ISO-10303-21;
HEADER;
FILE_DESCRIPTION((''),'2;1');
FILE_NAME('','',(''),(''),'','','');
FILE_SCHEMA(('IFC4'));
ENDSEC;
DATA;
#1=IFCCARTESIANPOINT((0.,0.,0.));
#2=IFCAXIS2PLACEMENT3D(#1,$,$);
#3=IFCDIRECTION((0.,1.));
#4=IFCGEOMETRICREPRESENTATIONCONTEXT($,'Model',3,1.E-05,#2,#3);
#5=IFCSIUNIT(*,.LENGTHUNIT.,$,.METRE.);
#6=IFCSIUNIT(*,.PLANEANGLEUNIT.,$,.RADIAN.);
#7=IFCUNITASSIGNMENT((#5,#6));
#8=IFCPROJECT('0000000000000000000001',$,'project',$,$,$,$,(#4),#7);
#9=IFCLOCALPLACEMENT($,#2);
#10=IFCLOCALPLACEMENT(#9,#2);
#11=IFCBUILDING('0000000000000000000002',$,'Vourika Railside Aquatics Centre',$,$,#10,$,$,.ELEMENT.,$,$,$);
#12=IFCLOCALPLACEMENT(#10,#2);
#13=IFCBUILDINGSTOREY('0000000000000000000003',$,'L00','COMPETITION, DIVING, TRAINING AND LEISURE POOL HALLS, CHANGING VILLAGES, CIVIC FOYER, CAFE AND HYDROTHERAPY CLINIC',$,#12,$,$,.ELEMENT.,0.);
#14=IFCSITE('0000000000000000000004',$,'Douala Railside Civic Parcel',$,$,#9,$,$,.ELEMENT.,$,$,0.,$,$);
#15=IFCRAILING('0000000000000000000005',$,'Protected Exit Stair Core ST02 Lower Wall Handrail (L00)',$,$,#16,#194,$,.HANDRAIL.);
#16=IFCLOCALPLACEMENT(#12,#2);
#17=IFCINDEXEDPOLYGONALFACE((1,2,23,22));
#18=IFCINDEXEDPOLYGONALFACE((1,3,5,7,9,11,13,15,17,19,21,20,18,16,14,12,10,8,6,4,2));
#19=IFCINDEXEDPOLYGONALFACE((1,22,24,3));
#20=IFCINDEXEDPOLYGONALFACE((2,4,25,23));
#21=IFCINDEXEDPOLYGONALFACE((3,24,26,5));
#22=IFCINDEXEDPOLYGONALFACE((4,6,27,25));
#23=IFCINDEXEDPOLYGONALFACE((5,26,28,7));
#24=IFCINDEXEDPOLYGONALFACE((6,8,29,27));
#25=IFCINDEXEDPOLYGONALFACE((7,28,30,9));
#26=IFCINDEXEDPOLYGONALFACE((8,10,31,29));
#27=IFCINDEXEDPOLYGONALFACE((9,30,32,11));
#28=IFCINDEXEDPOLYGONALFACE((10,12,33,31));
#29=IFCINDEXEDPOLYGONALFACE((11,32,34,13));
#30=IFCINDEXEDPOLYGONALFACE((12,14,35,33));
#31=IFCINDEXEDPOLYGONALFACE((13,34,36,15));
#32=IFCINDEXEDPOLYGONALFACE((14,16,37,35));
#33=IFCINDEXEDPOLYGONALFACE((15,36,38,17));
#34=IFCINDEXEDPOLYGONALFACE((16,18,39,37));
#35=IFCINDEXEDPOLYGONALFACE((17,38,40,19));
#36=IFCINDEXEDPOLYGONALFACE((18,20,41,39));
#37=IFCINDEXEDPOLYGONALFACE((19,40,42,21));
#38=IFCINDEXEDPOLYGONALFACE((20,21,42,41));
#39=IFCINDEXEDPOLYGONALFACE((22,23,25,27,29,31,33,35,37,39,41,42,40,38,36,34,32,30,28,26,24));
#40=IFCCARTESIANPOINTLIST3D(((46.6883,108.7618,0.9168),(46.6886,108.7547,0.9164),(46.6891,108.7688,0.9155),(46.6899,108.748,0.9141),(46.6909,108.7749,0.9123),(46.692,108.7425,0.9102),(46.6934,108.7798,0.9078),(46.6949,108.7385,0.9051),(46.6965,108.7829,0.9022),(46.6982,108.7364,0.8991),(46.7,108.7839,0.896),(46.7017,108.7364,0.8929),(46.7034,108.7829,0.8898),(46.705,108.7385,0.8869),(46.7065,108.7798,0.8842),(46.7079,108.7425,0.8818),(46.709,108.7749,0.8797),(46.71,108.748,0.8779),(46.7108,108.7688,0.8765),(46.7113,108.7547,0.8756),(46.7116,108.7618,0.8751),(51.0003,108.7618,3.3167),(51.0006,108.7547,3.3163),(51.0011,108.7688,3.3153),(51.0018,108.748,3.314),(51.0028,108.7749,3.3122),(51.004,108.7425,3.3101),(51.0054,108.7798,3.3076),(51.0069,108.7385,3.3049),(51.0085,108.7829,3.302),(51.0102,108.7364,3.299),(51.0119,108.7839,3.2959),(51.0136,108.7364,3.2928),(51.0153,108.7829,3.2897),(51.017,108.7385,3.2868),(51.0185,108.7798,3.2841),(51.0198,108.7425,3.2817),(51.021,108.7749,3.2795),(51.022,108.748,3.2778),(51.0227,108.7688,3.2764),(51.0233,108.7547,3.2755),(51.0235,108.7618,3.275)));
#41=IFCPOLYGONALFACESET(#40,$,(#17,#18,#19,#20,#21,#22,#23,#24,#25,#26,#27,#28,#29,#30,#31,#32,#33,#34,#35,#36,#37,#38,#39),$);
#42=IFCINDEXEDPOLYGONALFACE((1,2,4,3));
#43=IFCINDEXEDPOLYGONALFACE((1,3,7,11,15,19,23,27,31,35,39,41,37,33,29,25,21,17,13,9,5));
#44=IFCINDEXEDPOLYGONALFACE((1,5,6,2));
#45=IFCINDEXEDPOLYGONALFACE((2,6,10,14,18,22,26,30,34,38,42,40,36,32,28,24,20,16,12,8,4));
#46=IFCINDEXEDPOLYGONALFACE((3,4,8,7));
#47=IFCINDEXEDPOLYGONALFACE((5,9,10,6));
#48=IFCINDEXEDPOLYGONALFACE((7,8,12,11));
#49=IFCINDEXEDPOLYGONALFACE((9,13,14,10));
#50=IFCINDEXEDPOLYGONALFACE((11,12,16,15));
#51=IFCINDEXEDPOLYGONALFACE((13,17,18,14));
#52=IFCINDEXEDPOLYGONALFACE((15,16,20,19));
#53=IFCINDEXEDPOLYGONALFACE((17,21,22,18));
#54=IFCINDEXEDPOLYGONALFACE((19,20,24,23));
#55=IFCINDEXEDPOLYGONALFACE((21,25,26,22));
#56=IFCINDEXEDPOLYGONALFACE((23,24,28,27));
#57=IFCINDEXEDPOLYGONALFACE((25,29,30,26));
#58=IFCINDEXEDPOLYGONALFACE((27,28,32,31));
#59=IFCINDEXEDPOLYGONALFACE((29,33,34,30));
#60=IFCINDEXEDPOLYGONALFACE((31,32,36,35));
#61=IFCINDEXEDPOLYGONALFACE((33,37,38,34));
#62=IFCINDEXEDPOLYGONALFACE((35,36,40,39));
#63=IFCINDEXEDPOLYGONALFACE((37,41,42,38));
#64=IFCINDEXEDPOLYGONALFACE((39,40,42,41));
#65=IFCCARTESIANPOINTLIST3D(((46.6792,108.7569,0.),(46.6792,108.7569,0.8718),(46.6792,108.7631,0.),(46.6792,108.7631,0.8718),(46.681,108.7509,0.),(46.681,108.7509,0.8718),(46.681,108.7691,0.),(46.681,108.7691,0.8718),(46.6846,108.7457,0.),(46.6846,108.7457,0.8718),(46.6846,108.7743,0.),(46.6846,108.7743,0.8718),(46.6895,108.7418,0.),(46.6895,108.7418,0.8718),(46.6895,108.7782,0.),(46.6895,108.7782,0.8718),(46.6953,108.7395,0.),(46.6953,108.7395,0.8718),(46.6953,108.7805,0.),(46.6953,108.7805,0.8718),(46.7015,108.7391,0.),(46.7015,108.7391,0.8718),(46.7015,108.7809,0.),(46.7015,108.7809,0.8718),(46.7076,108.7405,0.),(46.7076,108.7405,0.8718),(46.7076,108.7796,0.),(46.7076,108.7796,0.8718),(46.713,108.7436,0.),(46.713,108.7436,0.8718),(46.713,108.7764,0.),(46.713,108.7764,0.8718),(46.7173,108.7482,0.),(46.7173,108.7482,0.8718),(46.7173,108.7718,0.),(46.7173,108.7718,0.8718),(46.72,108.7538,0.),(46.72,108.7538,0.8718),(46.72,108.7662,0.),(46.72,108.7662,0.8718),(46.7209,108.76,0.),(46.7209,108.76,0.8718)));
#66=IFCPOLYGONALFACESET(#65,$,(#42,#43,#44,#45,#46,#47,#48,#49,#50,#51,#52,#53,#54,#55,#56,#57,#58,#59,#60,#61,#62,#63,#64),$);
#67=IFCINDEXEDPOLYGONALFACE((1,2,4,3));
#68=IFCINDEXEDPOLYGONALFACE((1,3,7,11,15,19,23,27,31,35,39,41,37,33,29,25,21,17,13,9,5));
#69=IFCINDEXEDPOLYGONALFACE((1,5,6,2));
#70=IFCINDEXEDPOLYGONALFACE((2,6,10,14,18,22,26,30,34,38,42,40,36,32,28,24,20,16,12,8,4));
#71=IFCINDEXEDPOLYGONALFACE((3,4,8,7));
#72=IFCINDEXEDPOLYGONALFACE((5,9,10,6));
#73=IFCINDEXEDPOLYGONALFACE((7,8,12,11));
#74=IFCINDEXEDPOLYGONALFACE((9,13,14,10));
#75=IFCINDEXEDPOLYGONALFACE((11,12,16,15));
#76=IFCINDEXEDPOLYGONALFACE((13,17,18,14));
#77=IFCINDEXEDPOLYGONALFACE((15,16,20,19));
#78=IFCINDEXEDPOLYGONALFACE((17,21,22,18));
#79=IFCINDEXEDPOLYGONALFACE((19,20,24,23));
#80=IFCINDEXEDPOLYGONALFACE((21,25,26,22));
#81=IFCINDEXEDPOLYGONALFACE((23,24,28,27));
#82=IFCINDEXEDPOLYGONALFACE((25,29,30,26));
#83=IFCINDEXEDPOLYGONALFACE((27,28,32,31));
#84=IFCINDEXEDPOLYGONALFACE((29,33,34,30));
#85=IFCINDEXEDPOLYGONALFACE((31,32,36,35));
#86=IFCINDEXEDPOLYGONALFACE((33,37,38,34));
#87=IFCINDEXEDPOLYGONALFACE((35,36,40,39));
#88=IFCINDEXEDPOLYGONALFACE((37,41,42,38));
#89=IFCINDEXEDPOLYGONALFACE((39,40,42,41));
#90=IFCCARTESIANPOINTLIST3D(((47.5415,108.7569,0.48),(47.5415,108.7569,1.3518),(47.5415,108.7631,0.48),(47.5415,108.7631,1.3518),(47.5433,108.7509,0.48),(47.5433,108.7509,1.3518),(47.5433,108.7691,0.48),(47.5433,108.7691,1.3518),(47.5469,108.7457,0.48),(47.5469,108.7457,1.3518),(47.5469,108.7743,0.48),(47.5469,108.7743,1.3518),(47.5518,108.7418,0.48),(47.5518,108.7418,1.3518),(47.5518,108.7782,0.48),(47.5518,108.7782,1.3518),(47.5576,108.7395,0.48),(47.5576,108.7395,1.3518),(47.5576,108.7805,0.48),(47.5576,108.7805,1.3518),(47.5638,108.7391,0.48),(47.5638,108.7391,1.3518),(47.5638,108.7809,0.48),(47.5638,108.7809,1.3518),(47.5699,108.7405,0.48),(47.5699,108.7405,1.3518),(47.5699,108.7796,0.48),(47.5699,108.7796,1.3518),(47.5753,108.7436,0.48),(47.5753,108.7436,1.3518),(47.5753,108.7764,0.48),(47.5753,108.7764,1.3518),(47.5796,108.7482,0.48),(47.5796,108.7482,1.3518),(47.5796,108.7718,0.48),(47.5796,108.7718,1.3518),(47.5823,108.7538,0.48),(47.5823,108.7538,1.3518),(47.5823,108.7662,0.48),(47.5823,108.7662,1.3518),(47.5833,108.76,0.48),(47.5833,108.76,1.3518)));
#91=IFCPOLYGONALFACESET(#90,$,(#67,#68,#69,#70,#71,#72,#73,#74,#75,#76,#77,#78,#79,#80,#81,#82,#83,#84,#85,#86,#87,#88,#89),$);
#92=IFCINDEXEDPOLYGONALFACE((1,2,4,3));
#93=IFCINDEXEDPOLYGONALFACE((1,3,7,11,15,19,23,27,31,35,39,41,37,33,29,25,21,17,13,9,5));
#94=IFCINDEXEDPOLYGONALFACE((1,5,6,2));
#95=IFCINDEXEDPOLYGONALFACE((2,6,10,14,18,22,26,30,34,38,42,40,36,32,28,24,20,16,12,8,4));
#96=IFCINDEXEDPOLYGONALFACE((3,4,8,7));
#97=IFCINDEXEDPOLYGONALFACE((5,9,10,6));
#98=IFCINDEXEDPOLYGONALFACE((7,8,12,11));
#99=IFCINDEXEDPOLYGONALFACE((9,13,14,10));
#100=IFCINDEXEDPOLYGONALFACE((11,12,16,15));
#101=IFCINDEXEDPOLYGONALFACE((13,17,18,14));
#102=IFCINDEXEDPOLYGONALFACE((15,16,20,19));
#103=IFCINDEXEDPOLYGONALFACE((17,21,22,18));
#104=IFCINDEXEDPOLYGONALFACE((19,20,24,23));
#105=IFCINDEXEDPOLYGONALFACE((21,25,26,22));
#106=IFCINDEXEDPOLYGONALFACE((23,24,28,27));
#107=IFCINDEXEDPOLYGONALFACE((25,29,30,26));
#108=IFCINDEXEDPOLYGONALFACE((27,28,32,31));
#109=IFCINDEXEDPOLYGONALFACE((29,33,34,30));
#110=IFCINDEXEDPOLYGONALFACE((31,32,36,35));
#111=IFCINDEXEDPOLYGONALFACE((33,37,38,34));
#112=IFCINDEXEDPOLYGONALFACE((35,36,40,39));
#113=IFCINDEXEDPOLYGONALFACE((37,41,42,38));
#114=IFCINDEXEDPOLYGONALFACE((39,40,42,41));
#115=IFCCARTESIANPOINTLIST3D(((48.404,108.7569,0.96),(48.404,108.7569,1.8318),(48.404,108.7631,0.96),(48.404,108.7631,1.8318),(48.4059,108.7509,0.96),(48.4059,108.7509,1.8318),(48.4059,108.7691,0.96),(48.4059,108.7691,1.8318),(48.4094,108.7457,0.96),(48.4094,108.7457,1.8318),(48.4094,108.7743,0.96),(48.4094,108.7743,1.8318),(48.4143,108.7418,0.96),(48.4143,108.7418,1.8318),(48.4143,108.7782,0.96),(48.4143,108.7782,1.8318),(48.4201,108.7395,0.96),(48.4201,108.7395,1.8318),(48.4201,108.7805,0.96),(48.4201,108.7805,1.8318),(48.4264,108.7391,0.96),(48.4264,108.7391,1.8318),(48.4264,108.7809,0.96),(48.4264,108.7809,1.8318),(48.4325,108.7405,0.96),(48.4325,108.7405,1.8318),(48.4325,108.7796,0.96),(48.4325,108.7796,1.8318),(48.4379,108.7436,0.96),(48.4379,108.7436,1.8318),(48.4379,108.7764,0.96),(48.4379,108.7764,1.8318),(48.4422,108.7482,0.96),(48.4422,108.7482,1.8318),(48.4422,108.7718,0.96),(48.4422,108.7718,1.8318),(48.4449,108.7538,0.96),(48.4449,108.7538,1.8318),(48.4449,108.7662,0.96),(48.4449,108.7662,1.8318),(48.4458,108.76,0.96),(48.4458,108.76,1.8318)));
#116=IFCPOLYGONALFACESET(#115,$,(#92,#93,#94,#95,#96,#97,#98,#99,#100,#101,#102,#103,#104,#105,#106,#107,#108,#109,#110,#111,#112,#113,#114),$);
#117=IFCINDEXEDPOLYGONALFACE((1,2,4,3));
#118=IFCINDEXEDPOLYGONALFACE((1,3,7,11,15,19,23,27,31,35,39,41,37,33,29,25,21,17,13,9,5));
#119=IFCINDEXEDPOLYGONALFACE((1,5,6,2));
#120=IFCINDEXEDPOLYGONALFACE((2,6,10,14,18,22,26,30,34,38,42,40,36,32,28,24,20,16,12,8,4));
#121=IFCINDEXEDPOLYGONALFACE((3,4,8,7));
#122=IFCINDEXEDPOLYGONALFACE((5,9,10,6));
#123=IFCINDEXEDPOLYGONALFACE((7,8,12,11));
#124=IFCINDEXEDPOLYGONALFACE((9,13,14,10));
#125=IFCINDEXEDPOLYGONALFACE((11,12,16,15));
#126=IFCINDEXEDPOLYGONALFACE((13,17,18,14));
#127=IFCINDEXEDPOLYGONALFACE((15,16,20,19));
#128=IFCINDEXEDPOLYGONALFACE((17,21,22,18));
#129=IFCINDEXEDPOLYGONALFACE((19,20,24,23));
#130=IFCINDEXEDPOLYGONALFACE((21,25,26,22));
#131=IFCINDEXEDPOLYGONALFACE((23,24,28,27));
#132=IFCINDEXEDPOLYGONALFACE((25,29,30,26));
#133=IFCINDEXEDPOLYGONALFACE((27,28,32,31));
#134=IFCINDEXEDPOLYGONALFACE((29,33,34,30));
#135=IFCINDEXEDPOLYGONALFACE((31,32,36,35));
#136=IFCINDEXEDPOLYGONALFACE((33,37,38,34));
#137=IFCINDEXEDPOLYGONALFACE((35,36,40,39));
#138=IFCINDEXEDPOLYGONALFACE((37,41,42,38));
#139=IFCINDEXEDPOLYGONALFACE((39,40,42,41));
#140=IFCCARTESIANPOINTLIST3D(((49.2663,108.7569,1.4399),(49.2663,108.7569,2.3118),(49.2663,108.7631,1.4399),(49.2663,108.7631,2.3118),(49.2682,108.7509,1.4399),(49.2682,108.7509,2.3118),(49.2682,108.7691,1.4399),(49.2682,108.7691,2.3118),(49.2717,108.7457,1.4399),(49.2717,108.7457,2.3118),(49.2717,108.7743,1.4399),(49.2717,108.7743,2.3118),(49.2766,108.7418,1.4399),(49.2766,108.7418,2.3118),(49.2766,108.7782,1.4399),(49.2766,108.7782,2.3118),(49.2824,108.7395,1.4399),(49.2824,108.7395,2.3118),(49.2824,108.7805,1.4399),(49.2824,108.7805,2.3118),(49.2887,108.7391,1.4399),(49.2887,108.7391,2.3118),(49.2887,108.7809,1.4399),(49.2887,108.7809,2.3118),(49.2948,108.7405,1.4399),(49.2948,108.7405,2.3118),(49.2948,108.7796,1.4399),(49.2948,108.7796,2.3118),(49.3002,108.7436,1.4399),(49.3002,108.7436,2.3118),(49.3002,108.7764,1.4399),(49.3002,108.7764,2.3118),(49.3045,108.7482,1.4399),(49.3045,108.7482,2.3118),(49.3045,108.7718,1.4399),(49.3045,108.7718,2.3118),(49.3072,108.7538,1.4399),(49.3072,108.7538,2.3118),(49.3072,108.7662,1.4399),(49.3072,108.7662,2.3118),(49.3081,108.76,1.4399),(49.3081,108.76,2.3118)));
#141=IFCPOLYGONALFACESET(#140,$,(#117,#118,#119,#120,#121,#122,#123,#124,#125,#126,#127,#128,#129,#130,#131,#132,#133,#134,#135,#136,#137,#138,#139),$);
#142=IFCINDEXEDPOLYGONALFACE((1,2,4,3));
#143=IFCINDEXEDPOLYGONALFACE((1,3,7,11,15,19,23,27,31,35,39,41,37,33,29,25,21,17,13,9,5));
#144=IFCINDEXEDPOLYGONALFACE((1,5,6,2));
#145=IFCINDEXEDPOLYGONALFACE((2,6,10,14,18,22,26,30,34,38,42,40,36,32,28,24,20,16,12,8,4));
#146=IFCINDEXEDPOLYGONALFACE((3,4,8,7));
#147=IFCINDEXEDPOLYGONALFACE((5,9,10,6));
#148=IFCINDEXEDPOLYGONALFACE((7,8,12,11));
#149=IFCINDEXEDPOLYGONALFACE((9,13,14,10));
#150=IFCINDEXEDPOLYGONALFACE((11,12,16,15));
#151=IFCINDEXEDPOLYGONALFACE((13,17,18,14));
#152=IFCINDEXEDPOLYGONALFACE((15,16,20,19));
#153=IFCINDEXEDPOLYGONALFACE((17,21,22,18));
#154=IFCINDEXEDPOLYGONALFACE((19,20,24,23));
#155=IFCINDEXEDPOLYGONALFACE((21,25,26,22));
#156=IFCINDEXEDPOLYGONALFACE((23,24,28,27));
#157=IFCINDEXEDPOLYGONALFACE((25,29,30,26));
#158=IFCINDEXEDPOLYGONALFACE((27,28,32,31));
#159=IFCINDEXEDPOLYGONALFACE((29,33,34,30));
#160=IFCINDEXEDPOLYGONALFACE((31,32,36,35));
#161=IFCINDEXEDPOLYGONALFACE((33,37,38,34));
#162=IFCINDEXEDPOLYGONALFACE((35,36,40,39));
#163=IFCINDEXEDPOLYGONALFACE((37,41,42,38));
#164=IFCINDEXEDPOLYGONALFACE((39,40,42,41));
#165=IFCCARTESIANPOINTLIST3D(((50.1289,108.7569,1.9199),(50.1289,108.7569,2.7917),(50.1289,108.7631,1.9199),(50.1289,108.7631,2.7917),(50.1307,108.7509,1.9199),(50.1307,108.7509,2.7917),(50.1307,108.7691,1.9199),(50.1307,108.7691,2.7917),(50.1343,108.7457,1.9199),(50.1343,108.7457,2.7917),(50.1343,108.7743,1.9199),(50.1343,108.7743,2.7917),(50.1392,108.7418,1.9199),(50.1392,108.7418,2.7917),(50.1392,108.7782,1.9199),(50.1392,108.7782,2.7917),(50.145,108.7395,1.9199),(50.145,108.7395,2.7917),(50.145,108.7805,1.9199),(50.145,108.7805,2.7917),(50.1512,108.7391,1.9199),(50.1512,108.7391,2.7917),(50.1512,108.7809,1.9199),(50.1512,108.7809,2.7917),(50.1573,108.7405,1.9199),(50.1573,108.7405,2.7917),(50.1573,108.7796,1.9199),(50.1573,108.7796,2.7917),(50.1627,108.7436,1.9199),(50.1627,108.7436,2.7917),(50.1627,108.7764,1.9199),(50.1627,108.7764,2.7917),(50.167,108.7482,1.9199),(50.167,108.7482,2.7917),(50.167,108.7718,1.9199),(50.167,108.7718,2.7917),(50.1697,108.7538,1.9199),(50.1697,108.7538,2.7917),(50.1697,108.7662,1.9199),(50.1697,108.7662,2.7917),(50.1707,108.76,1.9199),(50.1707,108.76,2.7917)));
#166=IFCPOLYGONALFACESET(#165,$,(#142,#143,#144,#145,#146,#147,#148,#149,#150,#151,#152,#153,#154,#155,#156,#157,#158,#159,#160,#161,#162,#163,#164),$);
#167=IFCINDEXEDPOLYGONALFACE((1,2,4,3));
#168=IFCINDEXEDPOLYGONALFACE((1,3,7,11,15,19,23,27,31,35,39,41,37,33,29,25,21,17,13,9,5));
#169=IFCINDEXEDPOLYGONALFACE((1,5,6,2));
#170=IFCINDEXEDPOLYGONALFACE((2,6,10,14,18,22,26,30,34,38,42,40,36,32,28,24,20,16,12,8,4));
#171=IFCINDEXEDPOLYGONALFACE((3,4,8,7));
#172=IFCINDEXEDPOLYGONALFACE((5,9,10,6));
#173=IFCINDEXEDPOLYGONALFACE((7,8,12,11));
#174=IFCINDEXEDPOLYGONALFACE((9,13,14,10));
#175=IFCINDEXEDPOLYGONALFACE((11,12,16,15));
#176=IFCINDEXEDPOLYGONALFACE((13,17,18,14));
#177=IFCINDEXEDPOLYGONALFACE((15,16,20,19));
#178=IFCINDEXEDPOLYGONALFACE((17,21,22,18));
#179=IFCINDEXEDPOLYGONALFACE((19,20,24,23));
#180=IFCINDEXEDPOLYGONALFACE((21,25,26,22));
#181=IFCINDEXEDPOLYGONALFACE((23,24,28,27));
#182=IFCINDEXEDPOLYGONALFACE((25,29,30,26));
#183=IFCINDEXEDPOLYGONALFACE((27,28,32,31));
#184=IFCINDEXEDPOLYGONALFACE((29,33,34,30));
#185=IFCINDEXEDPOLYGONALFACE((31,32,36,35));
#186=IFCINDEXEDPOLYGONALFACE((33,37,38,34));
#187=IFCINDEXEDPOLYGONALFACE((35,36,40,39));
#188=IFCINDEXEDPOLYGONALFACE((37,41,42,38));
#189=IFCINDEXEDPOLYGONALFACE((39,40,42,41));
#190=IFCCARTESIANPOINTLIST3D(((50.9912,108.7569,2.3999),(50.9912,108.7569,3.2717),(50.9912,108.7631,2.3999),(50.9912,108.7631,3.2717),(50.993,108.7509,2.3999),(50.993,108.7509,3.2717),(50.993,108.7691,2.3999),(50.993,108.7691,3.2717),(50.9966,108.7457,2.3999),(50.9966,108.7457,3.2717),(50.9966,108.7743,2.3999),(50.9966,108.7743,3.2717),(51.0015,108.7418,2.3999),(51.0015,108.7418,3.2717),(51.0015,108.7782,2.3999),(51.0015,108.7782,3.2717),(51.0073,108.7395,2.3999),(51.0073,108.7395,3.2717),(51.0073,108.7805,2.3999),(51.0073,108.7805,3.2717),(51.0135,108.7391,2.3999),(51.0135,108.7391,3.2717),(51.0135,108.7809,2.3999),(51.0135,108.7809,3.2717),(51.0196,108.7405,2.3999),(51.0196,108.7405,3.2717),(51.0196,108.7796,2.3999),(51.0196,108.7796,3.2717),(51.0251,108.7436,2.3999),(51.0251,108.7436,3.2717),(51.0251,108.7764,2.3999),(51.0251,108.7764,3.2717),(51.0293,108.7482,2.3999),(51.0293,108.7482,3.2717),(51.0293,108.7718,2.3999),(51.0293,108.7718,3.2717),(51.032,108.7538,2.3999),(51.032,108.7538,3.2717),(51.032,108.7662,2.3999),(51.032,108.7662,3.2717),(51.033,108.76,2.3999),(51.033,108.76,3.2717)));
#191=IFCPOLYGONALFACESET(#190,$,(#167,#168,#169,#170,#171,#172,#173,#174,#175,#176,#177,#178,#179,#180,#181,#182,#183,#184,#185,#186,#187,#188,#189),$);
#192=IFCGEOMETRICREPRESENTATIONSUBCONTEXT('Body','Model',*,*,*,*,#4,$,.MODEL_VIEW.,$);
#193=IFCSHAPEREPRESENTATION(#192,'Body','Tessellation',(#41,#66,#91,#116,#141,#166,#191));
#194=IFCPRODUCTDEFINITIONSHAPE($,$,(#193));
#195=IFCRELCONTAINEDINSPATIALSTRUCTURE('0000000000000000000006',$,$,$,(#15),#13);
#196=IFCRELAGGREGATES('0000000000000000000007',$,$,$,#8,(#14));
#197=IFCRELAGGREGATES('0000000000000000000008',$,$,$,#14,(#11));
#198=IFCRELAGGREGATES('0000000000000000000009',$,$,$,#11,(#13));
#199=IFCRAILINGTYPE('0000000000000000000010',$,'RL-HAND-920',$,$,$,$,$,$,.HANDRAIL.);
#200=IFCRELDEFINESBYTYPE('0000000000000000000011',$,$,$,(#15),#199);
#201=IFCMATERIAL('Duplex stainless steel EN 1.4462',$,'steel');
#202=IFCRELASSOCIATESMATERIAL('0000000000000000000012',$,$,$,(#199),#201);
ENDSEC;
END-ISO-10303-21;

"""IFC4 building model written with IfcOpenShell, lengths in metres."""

from ifc_helpers import new_model, si_unit, direction, frame, origin, origin_2d, place, context, subcontext, project, spatial, circle, extrude, material, type_object, element, save


model = new_model("IFC4")

# Units and contexts
model_context = context("Model", 3, precision=1e-05, world=origin(), true_north=direction((0.0, 1.0)))
body_context = subcontext(model_context, "Body", "Model", "MODEL_VIEW")
ifc_project = project(units=[si_unit("LENGTHUNIT", "METRE"), si_unit("PLANEANGLEUNIT", "RADIAN")], contexts=[model_context])

# Site, building, storey
site_placement = place(None, origin())
site = spatial("IfcSite", under=ifc_project, at=site_placement, Name="Douala Railside Civic Parcel", CompositionType="ELEMENT", RefElevation=0.0)
building_placement = place(site_placement, origin())
building = spatial("IfcBuilding", under=site, at=building_placement, Name="Vourika Railside Aquatics Centre", CompositionType="ELEMENT")
storey_placement = place(building_placement, origin())
storey = spatial("IfcBuildingStorey", under=building, at=storey_placement, Name="L00", Description="COMPETITION, DIVING, TRAINING AND LEISURE POOL HALLS, CHANGING VILLAGES, CIVIC FOYER, CAFE AND HYDROTHERAPY CLINIC", CompositionType="ELEMENT", Elevation=0.0)

# Railing
ifc_material_1 = material(Name="Duplex stainless steel EN 1.4462", Category="steel")
railing_type_1 = type_object("IfcRailingType", Name="RL-HAND-920", PredefinedType="HANDRAIL", material=ifc_material_1)
railing_1_placement = place(storey_placement, frame((46.7, 108.76, 0.0)))
element("IfcRailing", 1, at=railing_1_placement, inside=storey, type_object=railing_type_1, Name="Protected Exit Stair Core ST02 Lower Wall Handrail (L00)", PredefinedType="HANDRAIL", context=body_context, shape_type="SweptSolid", body=[
    extrude(circle(Radius=0.0239, at=origin_2d()), frame((0.0, 0.0, 0.896), z_axis=(0.873784, 0.0, 0.486315), x_axis=(0.0, 1.0, 0.0)), (0.0, 0.0, 1.0), 4.9348),
    extrude(circle(Radius=0.021, at=origin_2d()), origin(), (0.0, 0.0, 1.0), 0.8718),
    extrude(circle(Radius=0.021, at=origin_2d()), frame((0.8623, 0.0, 0.48)), (0.0, 0.0, 1.0), 0.8718),
    extrude(circle(Radius=0.021, at=origin_2d()), frame((1.7249, 0.0, 0.96)), (0.0, 0.0, 1.0), 0.8718),
    extrude(circle(Radius=0.021, at=origin_2d()), frame((2.5872, 0.0, 1.4399)), (0.0, 0.0, 1.0), 0.8718),
    extrude(circle(Radius=0.021, at=origin_2d()), frame((3.4497, 0.0, 1.9199)), (0.0, 0.0, 1.0), 0.8718),
    extrude(circle(Radius=0.021, at=origin_2d()), frame((4.312, 0.0, 2.3999)), (0.0, 0.0, 1.0), 0.8718),
])

save(model, "model.ifc")
